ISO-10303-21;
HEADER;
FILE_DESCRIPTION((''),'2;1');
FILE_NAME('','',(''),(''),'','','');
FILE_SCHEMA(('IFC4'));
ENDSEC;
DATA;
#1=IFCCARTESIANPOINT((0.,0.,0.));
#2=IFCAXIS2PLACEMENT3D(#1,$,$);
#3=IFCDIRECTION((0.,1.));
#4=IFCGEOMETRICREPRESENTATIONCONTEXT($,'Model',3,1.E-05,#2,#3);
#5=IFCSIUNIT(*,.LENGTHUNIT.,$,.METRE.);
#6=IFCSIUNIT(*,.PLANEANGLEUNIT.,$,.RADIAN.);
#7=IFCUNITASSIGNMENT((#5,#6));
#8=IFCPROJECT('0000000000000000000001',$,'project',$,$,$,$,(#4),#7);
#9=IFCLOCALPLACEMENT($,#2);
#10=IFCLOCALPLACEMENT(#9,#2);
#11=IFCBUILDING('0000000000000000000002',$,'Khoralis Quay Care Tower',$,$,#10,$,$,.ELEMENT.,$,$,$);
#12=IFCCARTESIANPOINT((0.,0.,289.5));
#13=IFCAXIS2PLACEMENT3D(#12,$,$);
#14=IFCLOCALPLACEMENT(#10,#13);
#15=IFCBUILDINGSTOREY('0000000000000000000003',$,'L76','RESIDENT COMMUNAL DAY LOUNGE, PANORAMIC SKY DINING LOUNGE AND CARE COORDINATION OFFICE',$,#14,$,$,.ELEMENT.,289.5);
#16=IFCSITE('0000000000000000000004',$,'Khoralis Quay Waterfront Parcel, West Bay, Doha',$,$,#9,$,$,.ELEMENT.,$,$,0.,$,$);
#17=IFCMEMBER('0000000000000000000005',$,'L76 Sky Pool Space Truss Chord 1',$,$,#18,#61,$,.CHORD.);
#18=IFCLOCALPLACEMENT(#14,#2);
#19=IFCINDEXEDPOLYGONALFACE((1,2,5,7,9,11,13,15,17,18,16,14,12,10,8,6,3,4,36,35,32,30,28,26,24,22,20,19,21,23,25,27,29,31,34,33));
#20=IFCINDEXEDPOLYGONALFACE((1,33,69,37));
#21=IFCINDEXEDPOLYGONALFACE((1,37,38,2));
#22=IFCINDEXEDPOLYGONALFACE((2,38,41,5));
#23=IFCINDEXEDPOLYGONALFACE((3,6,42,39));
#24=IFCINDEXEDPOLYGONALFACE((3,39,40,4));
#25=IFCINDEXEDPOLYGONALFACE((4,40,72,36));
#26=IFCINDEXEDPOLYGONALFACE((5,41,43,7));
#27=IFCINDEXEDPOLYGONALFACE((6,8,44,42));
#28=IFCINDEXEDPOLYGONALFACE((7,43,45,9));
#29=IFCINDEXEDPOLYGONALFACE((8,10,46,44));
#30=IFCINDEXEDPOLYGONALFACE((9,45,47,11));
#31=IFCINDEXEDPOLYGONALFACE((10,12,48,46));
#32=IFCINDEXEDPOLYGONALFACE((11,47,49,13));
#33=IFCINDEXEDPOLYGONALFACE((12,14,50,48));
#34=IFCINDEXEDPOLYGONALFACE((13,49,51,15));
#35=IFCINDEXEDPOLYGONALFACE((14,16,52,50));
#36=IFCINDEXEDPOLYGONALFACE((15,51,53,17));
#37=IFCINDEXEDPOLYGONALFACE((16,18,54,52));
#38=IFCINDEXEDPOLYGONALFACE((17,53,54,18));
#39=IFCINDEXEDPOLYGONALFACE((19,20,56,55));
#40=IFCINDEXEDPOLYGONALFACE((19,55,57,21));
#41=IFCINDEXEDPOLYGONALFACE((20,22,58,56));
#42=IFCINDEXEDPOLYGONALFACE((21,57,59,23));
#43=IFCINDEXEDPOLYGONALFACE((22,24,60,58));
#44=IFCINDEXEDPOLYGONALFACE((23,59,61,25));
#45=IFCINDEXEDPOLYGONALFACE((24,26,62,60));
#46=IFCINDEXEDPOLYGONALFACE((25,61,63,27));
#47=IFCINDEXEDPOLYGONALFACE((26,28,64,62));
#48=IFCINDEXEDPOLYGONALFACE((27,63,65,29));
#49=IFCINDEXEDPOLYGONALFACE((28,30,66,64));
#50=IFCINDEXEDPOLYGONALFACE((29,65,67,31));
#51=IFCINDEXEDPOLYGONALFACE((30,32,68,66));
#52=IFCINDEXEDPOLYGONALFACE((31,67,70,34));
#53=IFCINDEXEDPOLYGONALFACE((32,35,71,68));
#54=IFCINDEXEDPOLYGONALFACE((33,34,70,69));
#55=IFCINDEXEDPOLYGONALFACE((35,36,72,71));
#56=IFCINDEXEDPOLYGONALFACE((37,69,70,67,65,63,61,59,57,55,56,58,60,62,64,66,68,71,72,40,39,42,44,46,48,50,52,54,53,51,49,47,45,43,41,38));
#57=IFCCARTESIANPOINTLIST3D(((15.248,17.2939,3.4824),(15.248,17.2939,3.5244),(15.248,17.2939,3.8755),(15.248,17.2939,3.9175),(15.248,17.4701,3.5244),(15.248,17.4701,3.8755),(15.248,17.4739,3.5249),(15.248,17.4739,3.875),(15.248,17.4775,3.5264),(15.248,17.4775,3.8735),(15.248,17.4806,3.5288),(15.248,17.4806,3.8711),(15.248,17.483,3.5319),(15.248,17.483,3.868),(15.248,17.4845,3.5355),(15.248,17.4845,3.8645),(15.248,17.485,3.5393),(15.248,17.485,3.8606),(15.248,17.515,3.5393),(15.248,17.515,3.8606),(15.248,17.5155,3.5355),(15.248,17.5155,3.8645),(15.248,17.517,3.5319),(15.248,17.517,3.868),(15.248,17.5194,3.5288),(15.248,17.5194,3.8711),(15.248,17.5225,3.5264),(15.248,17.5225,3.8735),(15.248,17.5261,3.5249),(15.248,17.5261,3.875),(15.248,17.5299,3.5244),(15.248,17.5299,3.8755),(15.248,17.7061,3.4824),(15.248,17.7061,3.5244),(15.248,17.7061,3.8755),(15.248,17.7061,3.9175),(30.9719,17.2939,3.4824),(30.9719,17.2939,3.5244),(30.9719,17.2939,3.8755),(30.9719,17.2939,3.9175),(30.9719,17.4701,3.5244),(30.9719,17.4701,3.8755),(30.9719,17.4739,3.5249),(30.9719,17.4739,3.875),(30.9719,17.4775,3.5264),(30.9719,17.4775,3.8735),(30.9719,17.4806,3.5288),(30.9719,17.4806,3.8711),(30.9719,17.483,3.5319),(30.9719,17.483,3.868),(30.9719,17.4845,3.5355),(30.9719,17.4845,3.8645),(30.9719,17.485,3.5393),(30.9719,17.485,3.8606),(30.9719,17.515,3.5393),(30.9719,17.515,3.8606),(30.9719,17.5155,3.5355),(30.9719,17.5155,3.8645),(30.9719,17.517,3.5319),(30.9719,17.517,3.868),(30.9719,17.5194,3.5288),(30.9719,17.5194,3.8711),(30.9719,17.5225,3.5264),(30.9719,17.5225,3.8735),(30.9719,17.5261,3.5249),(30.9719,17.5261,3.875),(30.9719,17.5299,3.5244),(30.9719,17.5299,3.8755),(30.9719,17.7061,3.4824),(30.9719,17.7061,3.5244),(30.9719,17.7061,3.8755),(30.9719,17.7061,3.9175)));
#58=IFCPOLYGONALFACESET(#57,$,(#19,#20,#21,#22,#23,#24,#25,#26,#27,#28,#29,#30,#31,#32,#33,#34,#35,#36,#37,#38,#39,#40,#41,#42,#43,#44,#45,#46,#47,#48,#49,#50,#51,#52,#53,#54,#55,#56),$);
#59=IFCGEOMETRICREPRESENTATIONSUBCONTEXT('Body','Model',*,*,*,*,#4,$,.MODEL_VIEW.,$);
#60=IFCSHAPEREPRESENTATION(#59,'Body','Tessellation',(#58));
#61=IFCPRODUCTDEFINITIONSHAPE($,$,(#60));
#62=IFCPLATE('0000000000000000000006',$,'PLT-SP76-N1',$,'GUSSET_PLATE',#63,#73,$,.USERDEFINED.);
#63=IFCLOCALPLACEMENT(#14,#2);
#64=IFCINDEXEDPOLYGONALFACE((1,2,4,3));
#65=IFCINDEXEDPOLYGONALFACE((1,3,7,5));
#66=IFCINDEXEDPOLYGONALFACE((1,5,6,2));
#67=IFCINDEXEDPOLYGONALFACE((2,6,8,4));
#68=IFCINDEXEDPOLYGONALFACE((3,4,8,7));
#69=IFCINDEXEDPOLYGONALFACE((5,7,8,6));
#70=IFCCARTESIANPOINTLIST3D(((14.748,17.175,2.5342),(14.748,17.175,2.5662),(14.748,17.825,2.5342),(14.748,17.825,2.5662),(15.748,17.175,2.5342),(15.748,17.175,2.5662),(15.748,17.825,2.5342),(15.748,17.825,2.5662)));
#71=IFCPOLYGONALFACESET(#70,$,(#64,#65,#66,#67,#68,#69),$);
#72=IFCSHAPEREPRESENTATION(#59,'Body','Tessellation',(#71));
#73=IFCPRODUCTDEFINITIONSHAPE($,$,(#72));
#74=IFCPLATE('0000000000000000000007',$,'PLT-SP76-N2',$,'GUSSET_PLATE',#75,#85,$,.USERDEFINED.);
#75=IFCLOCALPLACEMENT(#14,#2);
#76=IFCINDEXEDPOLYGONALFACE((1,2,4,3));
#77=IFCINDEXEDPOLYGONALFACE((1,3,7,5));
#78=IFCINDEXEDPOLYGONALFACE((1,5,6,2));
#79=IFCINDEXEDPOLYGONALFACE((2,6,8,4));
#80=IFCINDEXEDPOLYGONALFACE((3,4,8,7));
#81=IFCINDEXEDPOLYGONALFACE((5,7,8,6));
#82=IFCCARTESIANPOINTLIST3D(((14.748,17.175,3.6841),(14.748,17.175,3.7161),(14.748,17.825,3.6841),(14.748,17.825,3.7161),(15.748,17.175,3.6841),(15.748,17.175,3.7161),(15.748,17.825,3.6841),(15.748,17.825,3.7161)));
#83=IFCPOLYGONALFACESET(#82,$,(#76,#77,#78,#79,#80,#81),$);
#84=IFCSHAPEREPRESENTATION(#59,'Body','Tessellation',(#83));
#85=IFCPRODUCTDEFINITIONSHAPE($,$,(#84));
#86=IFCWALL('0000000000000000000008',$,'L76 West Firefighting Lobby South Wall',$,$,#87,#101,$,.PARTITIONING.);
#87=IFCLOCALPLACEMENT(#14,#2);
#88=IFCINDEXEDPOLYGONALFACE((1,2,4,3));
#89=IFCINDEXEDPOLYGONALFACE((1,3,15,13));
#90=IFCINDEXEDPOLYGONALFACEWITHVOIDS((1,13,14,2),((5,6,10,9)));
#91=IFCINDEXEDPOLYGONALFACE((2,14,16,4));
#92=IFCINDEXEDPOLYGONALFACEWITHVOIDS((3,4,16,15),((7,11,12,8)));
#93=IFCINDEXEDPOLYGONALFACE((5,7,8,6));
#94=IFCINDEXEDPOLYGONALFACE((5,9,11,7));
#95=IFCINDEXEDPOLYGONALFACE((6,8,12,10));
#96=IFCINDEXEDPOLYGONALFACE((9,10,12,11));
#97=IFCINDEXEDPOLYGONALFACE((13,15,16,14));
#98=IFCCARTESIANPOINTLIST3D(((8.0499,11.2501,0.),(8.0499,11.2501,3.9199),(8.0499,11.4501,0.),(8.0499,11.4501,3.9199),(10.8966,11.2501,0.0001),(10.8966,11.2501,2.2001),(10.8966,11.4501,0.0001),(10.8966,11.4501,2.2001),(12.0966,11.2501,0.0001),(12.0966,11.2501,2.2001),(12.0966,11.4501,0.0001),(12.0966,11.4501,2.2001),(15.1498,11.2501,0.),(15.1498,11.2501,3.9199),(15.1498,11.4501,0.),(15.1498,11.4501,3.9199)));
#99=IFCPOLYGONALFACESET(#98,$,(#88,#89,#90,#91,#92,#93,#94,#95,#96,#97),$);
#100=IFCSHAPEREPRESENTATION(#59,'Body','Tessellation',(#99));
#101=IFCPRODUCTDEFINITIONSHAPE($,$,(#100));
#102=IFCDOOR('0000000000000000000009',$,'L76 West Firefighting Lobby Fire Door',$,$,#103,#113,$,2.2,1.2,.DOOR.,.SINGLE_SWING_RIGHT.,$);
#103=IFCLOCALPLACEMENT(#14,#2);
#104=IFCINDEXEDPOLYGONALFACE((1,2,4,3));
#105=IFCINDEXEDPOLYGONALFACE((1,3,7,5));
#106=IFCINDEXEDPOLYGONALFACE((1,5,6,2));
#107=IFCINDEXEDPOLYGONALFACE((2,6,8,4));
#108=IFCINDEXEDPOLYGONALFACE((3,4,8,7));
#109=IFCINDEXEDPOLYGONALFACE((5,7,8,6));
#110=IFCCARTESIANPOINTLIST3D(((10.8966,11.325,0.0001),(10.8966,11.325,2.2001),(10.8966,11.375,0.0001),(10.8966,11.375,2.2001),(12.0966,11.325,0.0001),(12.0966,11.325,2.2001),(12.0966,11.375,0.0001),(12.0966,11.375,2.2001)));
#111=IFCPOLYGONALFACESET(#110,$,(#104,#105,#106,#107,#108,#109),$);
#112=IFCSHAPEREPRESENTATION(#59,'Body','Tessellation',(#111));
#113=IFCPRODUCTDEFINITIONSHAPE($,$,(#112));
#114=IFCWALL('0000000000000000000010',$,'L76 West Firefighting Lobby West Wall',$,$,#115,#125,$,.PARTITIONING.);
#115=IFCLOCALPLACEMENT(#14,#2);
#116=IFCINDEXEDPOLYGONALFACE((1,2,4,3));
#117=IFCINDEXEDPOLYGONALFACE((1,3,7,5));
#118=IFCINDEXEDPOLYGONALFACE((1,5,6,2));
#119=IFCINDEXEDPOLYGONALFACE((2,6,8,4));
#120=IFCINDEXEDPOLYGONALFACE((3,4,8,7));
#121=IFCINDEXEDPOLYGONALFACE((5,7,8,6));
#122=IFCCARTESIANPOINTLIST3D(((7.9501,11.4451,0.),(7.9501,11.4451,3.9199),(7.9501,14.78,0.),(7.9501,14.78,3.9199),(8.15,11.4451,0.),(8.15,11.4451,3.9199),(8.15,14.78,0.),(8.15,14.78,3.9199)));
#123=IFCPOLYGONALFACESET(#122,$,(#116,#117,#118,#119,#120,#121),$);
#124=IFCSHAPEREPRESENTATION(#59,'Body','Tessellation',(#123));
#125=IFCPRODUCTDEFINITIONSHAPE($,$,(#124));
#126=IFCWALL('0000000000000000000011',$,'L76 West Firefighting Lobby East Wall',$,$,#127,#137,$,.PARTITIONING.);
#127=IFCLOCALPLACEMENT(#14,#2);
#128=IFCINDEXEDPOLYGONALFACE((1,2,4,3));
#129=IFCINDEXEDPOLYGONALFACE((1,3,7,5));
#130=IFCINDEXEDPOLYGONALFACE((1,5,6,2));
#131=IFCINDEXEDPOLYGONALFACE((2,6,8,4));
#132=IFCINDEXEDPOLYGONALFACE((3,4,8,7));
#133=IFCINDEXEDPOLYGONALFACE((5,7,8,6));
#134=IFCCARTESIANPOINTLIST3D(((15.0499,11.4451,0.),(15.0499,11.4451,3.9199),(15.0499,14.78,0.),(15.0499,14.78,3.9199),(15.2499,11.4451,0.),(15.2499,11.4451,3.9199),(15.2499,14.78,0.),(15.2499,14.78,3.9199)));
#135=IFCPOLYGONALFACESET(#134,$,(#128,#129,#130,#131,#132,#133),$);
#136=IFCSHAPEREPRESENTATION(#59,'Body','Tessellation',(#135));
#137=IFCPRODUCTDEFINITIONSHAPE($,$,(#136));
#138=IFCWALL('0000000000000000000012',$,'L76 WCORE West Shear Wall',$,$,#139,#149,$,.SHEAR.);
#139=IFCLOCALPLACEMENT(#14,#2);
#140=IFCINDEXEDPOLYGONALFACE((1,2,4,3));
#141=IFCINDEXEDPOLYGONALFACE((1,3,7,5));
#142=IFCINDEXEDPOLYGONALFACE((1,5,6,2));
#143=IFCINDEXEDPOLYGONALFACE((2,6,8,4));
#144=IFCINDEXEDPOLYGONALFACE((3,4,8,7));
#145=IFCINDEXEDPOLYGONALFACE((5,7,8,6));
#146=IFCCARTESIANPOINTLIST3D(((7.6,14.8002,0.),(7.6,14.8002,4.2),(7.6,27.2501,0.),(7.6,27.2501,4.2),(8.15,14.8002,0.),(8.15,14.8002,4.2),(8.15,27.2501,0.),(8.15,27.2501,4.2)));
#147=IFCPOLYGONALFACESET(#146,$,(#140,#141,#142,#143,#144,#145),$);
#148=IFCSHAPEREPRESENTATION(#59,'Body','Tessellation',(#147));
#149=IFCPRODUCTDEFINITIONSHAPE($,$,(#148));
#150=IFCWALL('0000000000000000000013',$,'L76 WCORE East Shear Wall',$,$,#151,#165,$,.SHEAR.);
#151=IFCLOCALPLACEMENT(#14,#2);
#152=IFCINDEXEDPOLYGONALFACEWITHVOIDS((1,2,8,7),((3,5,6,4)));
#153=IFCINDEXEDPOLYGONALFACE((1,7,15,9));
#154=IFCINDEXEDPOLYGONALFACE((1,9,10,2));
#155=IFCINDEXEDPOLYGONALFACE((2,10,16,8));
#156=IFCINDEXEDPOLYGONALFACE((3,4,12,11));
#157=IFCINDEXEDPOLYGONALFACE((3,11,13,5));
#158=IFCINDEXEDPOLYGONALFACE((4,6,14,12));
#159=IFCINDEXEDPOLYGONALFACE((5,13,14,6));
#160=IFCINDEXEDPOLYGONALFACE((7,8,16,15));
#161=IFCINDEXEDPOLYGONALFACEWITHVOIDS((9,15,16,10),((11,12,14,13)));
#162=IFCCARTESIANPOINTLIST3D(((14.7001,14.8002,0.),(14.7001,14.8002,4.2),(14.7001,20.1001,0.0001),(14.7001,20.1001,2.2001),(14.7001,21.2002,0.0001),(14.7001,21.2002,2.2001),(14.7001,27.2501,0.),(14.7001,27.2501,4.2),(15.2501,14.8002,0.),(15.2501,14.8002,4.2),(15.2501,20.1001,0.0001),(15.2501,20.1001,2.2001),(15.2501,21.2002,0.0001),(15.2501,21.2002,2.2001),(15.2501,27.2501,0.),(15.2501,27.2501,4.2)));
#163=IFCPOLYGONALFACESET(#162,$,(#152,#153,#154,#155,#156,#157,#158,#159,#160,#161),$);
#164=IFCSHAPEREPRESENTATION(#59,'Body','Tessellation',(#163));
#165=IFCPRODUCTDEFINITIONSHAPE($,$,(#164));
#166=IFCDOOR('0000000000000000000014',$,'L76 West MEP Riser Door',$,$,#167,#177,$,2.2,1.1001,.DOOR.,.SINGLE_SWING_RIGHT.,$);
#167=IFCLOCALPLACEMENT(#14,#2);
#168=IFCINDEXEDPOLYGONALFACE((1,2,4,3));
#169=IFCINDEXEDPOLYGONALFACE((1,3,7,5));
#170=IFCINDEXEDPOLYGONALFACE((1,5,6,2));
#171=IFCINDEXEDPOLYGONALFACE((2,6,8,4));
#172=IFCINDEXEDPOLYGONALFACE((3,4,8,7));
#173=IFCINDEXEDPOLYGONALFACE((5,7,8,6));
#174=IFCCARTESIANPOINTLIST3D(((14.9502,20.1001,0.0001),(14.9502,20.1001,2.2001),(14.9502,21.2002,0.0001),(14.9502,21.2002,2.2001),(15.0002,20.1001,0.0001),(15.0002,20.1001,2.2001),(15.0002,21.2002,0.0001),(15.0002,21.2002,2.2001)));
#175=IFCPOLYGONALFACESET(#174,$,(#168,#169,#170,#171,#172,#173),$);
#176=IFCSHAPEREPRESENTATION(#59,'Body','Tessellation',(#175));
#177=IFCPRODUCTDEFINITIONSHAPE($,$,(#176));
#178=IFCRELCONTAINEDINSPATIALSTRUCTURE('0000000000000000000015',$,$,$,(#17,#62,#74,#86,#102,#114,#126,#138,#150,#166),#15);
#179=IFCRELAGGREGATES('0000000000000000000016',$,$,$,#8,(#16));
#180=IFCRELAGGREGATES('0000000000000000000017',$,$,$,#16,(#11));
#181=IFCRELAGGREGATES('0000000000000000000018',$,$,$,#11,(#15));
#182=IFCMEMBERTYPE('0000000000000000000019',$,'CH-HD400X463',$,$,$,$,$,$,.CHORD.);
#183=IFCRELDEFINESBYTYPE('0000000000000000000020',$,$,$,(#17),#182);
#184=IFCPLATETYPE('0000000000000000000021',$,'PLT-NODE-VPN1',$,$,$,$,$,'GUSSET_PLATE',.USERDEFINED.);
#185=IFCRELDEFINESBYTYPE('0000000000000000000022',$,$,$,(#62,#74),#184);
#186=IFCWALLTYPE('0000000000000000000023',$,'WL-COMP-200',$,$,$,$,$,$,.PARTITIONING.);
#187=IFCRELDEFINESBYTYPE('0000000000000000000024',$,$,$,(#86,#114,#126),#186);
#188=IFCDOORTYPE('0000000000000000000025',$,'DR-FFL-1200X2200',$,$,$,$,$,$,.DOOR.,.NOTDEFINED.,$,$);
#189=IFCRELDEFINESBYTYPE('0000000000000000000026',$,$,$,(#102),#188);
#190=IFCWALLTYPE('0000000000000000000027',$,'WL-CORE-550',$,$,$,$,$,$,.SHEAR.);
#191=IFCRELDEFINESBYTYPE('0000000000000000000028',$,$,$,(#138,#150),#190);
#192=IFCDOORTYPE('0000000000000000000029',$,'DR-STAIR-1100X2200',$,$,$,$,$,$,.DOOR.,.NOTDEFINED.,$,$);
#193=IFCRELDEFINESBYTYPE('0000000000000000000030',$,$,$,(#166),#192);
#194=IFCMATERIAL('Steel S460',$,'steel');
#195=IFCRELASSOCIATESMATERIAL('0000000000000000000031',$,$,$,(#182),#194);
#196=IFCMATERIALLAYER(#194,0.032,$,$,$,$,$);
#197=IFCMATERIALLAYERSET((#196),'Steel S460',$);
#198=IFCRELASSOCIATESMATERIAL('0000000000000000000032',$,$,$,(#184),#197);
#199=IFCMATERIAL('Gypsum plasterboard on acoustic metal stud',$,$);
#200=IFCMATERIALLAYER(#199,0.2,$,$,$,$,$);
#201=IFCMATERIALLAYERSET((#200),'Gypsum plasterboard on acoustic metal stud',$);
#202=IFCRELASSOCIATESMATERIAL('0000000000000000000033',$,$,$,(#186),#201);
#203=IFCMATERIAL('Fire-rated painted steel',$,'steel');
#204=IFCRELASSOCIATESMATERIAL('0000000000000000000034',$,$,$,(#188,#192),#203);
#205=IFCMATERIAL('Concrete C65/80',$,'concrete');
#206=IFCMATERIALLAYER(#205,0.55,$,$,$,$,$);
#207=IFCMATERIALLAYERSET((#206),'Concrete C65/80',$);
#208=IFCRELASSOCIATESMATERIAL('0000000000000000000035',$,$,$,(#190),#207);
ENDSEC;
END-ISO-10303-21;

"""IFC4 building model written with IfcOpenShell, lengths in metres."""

from ifc_helpers import new_model, si_unit, direction, frame, frame_2d, origin, origin_2d, place, context, subcontext, project, spatial, rectangle, i_section, extrude, source, transform, mapped, material, layer, layer_set, material_profile, profile_set, type_object, element, fill, save


model = new_model("IFC4")

# Units and contexts
model_context = context("Model", 3, precision=1e-05, world=origin(), true_north=direction((0.0, 1.0)))
body_context = subcontext(model_context, "Body", "Model", "MODEL_VIEW")
ifc_project = project(units=[si_unit("LENGTHUNIT", "METRE"), si_unit("PLANEANGLEUNIT", "RADIAN")], contexts=[model_context])

# Site, building, storey
site_placement = place(None, origin())
site = spatial("IfcSite", under=ifc_project, at=site_placement, Name="Khoralis Quay Waterfront Parcel, West Bay, Doha", CompositionType="ELEMENT", RefElevation=0.0)
building_placement = place(site_placement, origin())
building = spatial("IfcBuilding", under=site, at=building_placement, Name="Khoralis Quay Care Tower", CompositionType="ELEMENT")
storey_placement = place(building_placement, frame((0.0, 0.0, 289.5)))
storey = spatial("IfcBuildingStorey", under=building, at=storey_placement, Name="L76", Description="RESIDENT COMMUNAL DAY LOUNGE, PANORAMIC SKY DINING LOUNGE AND CARE COORDINATION OFFICE", CompositionType="ELEMENT", Elevation=289.5)

# Member
ifc_material_1 = material(Name="Steel S460", Category="steel")
ifc_material_profile_1 = material_profile(ifc_material_1, i_section(OverallWidth=0.4121, OverallDepth=0.4351, WebThickness=0.03, FlangeThickness=0.042, FilletRadius=0.0149, at=origin_2d()), Name="Steel S460")
ifc_profile_set_1 = profile_set([ifc_material_profile_1], Name="Steel S460")
member_type = type_object("IfcMemberType", Name="CH-HD400X463", PredefinedType="CHORD", material=ifc_profile_set_1)
shared_shape_1 = source(origin(), body_context, "Body", "SweptSolid", [
    extrude(i_section(OverallWidth=0.4121, OverallDepth=0.4351, WebThickness=0.03, FlangeThickness=0.042, FilletRadius=0.0149, at=origin_2d()), origin(), (0.0, 0.0, 1.0), 15.7239),
])
member_placement = place(storey_placement, frame((15.248, 17.5, 3.7), z_axis=(1.0, 0.0, 0.0), x_axis=(0.0, 1.0, 0.0)))
element("IfcMember", 1, at=member_placement, inside=storey, type_object=member_type, Name="L76 Sky Pool Space Truss Chord 1", PredefinedType="CHORD", context=body_context, shape_type="MappedRepresentation", body=[
    mapped(shared_shape_1, transform((0.0, 0.0, 0.0), scale=1.0)),
])

# Plates
ifc_layer_1 = layer(ifc_material_1, 0.032)
ifc_layer_set_1 = layer_set([ifc_layer_1], Name="Steel S460")
plate_type = type_object("IfcPlateType", Name="PLT-NODE-VPN1", ElementType="GUSSET_PLATE", PredefinedType="USERDEFINED", material=ifc_layer_set_1)
shared_shape_2 = source(origin(), body_context, "Body", "SweptSolid", [
    extrude(rectangle(XDim=1.0, YDim=0.6499, at=origin_2d()), origin(), (0.0, 0.0, 1.0), 0.032),
])
for number, where, z_axis, x_axis, name in (
    (2, (15.248, 17.5, 2.5342), (0.0, 0.0, 1.0), (1.0, 0.0, 0.0), "PLT-SP76-N1"),
    (3, (15.248, 17.5, 3.6841), (0.0, 0.0, 1.0), (1.0, 0.0, 0.0), "PLT-SP76-N2"),
):
    element("IfcPlate", number, at=place(storey_placement, frame(where, z_axis=z_axis, x_axis=x_axis)), inside=storey, type_object=plate_type, Name=name, ObjectType="GUSSET_PLATE", PredefinedType="USERDEFINED", context=body_context, shape_type="MappedRepresentation", body=[
        mapped(shared_shape_2, transform((0.0, 0.0, 0.0), scale=1.0)),
    ])

# Wall, opening, door
ifc_material_2 = material(Name="Gypsum plasterboard on acoustic metal stud")
ifc_layer_2 = layer(ifc_material_2, 0.2)
ifc_layer_set_2 = layer_set([ifc_layer_2], Name="Gypsum plasterboard on acoustic metal stud")
wall_type_1 = type_object("IfcWallType", Name="WL-COMP-200", PredefinedType="PARTITIONING", material=ifc_layer_set_2)
wall_1_placement = place(storey_placement, frame((8.05, 11.3501, 0.0), z_axis=(0.0, 0.0, 1.0), x_axis=(1.0, 0.0, 0.0)))
wall_1 = element("IfcWall", 4, at=wall_1_placement, inside=storey, type_object=wall_type_1, Name="L76 West Firefighting Lobby South Wall", PredefinedType="PARTITIONING", context=body_context, shape_type="SweptSolid", body=[
    extrude(rectangle(XDim=7.0999, YDim=0.2, at=frame_2d((3.5498, 0.0))), origin(), (0.0, 0.0, 1.0), 3.9199),
])
opening_1_placement = place(wall_1_placement, frame((2.8464, 0.0, 0.0)))
opening_1 = element("IfcOpeningElement", 5, at=opening_1_placement, cuts=wall_1, PredefinedType="OPENING", context=body_context, shape_type="SweptSolid", body=[
    extrude(rectangle(XDim=1.2, YDim=2.2, at=frame_2d((0.6001, 1.1001))), frame((0.0, 0.1099, 0.0), z_axis=(0.0, -1.0, 0.0), x_axis=(1.0, 0.0, 0.0)), (0.0, 0.0, 1.0), 0.22),
])
ifc_material_3 = material(Name="Fire-rated painted steel", Category="steel")
door_type_1 = type_object("IfcDoorType", Name="DR-FFL-1200X2200", OperationType="NOTDEFINED", PredefinedType="DOOR", material=ifc_material_3)
shared_shape_3 = source(origin(), body_context, "Body", "SweptSolid", [
    extrude(rectangle(XDim=1.2, YDim=2.2, at=frame_2d((0.6001, 1.1001))), frame((0.0, 0.0249, 0.0), z_axis=(0.0, -1.0, 0.0), x_axis=(1.0, 0.0, 0.0)), (0.0, 0.0, 1.0), 0.05),
])
door_1_placement = place(opening_1_placement, origin())
door_1 = element("IfcDoor", 6, at=door_1_placement, inside=storey, type_object=door_type_1, Name="L76 West Firefighting Lobby Fire Door", OperationType="SINGLE_SWING_RIGHT", OverallHeight=2.2, OverallWidth=1.2, PredefinedType="DOOR", context=body_context, shape_type="MappedRepresentation", body=[
    mapped(shared_shape_3, transform((0.0, 0.0, 0.0), scale=1.0)),
])
fill(opening_1, door_1)

# Walls
for number, where, z_axis, x_axis, name in (
    (7, (8.05, 11.4451, 0.0), (0.0, 0.0, 1.0), (0.0, 1.0, 0.0), "L76 West Firefighting Lobby West Wall"),
    (8, (15.1499, 11.4451, 0.0), (0.0, 0.0, 1.0), (0.0, 1.0, 0.0), "L76 West Firefighting Lobby East Wall"),
):
    element("IfcWall", number, at=place(storey_placement, frame(where, z_axis=z_axis, x_axis=x_axis)), inside=storey, type_object=wall_type_1, Name=name, PredefinedType="PARTITIONING", context=body_context, shape_type="SweptSolid", body=[
        extrude(rectangle(XDim=3.335, YDim=0.2, at=frame_2d((1.6675, 0.0))), origin(), (0.0, 0.0, 1.0), 3.9199),
    ])
ifc_material_4 = material(Name="Concrete C65/80", Category="concrete")
ifc_layer_3 = layer(ifc_material_4, 0.55)
ifc_layer_set_3 = layer_set([ifc_layer_3], Name="Concrete C65/80")
wall_type_2 = type_object("IfcWallType", Name="WL-CORE-550", PredefinedType="SHEAR", material=ifc_layer_set_3)
wall_2_placement = place(storey_placement, frame((7.875, 14.8, 0.0), z_axis=(0.0, 0.0, 1.0), x_axis=(0.0, 1.0, 0.0)))
element("IfcWall", 9, at=wall_2_placement, inside=storey, type_object=wall_type_2, Name="L76 WCORE West Shear Wall", PredefinedType="SHEAR", context=body_context, shape_type="SweptSolid", body=[
    extrude(rectangle(XDim=12.45, YDim=0.55, at=frame_2d((6.2251, 0.0))), origin(), (0.0, 0.0, 1.0), 4.2),
])

# Wall, opening, door
wall_3_placement = place(storey_placement, frame((14.9751, 14.8, 0.0), z_axis=(0.0, 0.0, 1.0), x_axis=(0.0, 1.0, 0.0)))
wall_3 = element("IfcWall", 10, at=wall_3_placement, inside=storey, type_object=wall_type_2, Name="L76 WCORE East Shear Wall", PredefinedType="SHEAR", context=body_context, shape_type="SweptSolid", body=[
    extrude(rectangle(XDim=12.45, YDim=0.55, at=frame_2d((6.2251, 0.0))), origin(), (0.0, 0.0, 1.0), 4.2),
])
opening_2_placement = place(wall_3_placement, frame((5.3, 0.0, 0.0)))
opening_2 = element("IfcOpeningElement", 11, at=opening_2_placement, cuts=wall_3, PredefinedType="OPENING", context=body_context, shape_type="SweptSolid", body=[
    extrude(rectangle(XDim=1.1001, YDim=2.2, at=frame_2d((0.55, 1.1001))), frame((0.0, 0.2852, 0.0), z_axis=(0.0, -1.0, 0.0), x_axis=(1.0, 0.0, 0.0)), (0.0, 0.0, 1.0), 0.5701),
])
door_type_2 = type_object("IfcDoorType", Name="DR-STAIR-1100X2200", OperationType="NOTDEFINED", PredefinedType="DOOR", material=ifc_material_3)
shared_shape_4 = source(origin(), body_context, "Body", "SweptSolid", [
    extrude(rectangle(XDim=1.1001, YDim=2.2, at=frame_2d((0.55, 1.1001))), frame((0.0, 0.0249, 0.0), z_axis=(0.0, -1.0, 0.0), x_axis=(1.0, 0.0, 0.0)), (0.0, 0.0, 1.0), 0.05),
])
door_2_placement = place(opening_2_placement, origin())
door_2 = element("IfcDoor", 12, at=door_2_placement, inside=storey, type_object=door_type_2, Name="L76 West MEP Riser Door", OperationType="SINGLE_SWING_RIGHT", OverallHeight=2.2, OverallWidth=1.1001, PredefinedType="DOOR", context=body_context, shape_type="MappedRepresentation", body=[
    mapped(shared_shape_4, transform((0.0, 0.0, 0.0), scale=1.0)),
])
fill(opening_2, door_2)

save(model, "model.ifc")
